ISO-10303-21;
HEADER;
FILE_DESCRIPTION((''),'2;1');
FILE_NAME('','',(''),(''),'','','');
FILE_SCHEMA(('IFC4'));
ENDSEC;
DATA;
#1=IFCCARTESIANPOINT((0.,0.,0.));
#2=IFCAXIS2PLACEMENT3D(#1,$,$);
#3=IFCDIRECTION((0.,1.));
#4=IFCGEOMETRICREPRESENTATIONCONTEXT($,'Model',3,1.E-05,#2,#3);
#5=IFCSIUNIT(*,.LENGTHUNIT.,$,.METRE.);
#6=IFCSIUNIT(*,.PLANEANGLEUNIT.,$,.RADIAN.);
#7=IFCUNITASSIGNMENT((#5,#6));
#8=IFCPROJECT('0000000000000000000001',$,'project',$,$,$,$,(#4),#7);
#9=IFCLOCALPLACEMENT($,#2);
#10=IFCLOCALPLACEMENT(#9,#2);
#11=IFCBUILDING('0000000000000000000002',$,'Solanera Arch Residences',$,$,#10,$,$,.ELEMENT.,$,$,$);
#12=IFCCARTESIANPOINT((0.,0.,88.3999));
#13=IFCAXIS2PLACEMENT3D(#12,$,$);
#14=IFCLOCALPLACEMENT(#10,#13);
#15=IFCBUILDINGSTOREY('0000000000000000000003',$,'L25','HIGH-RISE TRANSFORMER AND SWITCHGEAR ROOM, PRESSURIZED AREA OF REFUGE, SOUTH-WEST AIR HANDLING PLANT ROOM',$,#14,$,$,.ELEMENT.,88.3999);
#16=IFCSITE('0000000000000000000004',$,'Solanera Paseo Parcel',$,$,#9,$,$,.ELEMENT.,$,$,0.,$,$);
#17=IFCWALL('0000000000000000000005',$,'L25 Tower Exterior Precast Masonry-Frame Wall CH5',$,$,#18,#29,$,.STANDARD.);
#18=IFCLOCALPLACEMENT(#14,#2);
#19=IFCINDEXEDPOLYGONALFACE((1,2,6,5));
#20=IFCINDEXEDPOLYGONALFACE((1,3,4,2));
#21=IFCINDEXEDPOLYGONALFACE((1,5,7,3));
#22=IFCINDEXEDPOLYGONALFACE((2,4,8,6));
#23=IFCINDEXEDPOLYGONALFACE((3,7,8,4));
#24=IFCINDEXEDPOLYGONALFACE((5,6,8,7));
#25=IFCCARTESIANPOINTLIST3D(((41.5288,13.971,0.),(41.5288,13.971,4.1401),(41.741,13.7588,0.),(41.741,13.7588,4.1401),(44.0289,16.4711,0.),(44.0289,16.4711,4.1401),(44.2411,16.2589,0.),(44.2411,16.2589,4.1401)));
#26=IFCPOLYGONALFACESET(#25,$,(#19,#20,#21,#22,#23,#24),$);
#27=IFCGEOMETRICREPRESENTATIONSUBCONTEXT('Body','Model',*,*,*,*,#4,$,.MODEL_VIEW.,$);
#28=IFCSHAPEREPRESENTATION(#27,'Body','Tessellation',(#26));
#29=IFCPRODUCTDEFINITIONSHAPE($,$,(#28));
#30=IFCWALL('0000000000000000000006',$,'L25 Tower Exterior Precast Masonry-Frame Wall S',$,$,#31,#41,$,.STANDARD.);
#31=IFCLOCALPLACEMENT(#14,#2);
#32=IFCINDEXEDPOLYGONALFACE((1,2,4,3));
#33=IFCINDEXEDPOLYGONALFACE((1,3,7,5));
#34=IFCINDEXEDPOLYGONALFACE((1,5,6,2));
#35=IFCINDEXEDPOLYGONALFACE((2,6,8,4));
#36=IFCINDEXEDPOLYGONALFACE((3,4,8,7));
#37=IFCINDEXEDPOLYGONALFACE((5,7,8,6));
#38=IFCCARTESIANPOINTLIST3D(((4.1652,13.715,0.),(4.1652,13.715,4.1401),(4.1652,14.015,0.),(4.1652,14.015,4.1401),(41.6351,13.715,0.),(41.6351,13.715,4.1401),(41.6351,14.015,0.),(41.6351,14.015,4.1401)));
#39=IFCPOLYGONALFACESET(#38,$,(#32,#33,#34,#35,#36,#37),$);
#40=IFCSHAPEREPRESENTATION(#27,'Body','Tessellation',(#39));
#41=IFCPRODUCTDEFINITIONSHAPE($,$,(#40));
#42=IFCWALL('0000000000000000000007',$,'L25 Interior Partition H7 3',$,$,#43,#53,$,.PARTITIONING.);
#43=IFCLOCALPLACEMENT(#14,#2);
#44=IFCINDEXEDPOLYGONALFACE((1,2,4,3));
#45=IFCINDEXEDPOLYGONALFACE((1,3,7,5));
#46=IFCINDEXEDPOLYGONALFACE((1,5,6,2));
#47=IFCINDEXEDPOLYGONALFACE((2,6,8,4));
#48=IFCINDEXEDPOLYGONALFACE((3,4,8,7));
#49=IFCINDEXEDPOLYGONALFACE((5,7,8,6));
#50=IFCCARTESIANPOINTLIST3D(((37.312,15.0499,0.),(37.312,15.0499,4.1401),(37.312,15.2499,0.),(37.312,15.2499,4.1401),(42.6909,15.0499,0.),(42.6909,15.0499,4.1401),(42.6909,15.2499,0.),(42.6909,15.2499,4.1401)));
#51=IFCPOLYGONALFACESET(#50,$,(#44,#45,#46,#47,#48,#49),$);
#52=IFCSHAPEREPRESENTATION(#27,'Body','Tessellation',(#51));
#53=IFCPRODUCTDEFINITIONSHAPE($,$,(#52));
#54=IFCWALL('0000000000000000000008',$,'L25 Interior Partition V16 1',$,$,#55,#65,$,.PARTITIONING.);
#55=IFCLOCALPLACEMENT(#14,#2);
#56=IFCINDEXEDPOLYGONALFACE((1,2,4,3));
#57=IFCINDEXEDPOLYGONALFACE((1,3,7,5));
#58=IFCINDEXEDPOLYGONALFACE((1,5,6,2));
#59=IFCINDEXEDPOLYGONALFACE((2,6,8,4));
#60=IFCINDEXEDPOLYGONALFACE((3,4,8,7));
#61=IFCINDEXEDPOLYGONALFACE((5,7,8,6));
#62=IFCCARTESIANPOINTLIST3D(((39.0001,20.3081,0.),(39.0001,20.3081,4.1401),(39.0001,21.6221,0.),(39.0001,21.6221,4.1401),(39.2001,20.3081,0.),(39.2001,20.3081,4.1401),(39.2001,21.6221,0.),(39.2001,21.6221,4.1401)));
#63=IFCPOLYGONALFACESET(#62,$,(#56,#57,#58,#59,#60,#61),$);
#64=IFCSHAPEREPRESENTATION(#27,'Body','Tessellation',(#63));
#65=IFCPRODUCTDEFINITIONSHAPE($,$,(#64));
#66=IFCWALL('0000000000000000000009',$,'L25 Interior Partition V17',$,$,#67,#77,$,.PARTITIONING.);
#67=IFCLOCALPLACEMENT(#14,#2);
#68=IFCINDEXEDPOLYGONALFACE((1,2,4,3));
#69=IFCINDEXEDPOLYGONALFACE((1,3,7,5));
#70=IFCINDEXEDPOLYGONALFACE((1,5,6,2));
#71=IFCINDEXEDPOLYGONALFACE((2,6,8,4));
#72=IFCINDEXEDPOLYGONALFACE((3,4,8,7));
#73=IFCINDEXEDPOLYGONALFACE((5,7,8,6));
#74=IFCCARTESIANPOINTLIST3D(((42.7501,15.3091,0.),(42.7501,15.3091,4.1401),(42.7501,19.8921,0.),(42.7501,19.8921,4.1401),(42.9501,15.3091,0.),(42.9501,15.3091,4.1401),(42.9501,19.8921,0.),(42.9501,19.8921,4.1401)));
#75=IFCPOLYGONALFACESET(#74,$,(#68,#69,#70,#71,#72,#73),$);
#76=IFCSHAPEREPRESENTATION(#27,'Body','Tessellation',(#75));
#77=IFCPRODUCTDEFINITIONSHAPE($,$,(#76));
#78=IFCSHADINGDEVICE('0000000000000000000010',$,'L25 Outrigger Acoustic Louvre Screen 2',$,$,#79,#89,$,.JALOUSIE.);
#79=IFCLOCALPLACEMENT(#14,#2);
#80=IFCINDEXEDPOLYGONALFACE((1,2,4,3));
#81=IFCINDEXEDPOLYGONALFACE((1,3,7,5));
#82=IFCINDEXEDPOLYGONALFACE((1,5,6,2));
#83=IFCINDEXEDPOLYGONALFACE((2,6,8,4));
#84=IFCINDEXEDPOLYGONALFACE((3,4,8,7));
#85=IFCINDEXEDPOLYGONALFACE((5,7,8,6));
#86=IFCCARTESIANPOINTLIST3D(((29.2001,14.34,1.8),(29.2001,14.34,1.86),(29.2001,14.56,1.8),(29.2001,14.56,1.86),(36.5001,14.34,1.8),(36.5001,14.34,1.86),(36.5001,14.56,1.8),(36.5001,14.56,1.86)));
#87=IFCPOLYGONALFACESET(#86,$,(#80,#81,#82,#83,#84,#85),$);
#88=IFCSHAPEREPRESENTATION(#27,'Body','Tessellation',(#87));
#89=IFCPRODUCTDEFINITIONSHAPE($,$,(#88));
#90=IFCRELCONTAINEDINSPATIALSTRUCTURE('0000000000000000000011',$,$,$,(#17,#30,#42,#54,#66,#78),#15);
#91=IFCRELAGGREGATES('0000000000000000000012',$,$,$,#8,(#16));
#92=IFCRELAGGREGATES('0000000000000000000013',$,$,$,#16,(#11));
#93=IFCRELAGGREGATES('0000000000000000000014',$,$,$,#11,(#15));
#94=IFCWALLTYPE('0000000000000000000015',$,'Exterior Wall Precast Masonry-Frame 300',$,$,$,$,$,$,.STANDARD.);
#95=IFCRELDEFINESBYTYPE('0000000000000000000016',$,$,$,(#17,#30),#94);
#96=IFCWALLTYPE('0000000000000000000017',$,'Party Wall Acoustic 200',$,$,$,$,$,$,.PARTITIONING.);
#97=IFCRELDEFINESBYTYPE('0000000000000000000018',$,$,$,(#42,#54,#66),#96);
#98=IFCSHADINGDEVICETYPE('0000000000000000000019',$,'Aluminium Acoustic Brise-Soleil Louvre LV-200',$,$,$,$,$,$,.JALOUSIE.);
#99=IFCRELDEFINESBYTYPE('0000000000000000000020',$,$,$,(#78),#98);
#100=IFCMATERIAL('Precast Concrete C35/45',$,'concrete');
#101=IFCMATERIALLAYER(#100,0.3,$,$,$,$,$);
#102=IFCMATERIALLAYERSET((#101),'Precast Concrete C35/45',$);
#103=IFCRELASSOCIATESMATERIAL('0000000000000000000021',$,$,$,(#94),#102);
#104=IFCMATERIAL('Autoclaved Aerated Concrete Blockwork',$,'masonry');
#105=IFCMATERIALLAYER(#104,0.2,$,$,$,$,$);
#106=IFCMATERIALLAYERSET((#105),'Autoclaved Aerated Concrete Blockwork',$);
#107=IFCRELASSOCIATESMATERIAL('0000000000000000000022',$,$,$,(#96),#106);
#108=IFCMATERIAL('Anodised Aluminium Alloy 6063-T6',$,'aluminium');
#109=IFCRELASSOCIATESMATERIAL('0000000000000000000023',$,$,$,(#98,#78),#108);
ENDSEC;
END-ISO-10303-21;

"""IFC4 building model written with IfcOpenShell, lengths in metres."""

from ifc_helpers import new_model, si_unit, direction, frame, frame_2d, origin, origin_2d, place, context, subcontext, project, spatial, rectangle, extrude, material, layer, layer_set, type_object, element, save


model = new_model("IFC4")

# Units and contexts
model_context = context("Model", 3, precision=1e-05, world=origin(), true_north=direction((0.0, 1.0)))
body_context = subcontext(model_context, "Body", "Model", "MODEL_VIEW")
ifc_project = project(units=[si_unit("LENGTHUNIT", "METRE"), si_unit("PLANEANGLEUNIT", "RADIAN")], contexts=[model_context])

# Site, building, storey
site_placement = place(None, origin())
site = spatial("IfcSite", under=ifc_project, at=site_placement, Name="Solanera Paseo Parcel", CompositionType="ELEMENT", RefElevation=0.0)
building_placement = place(site_placement, origin())
building = spatial("IfcBuilding", under=site, at=building_placement, Name="Solanera Arch Residences", CompositionType="ELEMENT")
storey_placement = place(building_placement, frame((0.0, 0.0, 88.3999)))
storey = spatial("IfcBuildingStorey", under=building, at=storey_placement, Name="L25", Description="HIGH-RISE TRANSFORMER AND SWITCHGEAR ROOM, PRESSURIZED AREA OF REFUGE, SOUTH-WEST AIR HANDLING PLANT ROOM", CompositionType="ELEMENT", Elevation=88.3999)

# Walls
ifc_material_1 = material(Name="Precast Concrete C35/45", Category="concrete")
ifc_layer_1 = layer(ifc_material_1, 0.3)
ifc_layer_set_1 = layer_set([ifc_layer_1], Name="Precast Concrete C35/45")
wall_type_1 = type_object("IfcWallType", Name="Exterior Wall Precast Masonry-Frame 300", PredefinedType="STANDARD", material=ifc_layer_set_1)
wall_1_placement = place(storey_placement, frame((44.135, 16.365, 0.0), z_axis=(0.0, 0.0, 1.0), x_axis=(-0.707107, -0.707107, 0.0)))
element("IfcWall", 1, at=wall_1_placement, inside=storey, type_object=wall_type_1, Name="L25 Tower Exterior Precast Masonry-Frame Wall CH5", PredefinedType="STANDARD", context=body_context, shape_type="SweptSolid", body=[
    extrude(rectangle(XDim=3.5356, YDim=0.3, at=frame_2d((1.7678, 0.0))), origin(), (0.0, 0.0, 1.0), 4.1401),
])
wall_2_placement = place(storey_placement, frame((41.635, 13.865, 0.0), z_axis=(0.0, 0.0, 1.0), x_axis=(-1.0, 0.0, 0.0)))
element("IfcWall", 2, at=wall_2_placement, inside=storey, type_object=wall_type_1, Name="L25 Tower Exterior Precast Masonry-Frame Wall S", PredefinedType="STANDARD", context=body_context, shape_type="SweptSolid", body=[
    extrude(rectangle(XDim=37.47, YDim=0.3, at=frame_2d((18.7349, 0.0))), origin(), (0.0, 0.0, 1.0), 4.1401),
])
ifc_material_2 = material(Name="Autoclaved Aerated Concrete Blockwork", Category="masonry")
ifc_layer_2 = layer(ifc_material_2, 0.2)
ifc_layer_set_2 = layer_set([ifc_layer_2], Name="Autoclaved Aerated Concrete Blockwork")
wall_type_2 = type_object("IfcWallType", Name="Party Wall Acoustic 200", PredefinedType="PARTITIONING", material=ifc_layer_set_2)
wall_3_placement = place(storey_placement, frame((37.312, 15.1499, 0.0), z_axis=(0.0, 0.0, 1.0), x_axis=(1.0, 0.0, 0.0)))
element("IfcWall", 3, at=wall_3_placement, inside=storey, type_object=wall_type_2, Name="L25 Interior Partition H7 3", PredefinedType="PARTITIONING", context=body_context, shape_type="SweptSolid", body=[
    extrude(rectangle(XDim=5.3789, YDim=0.2, at=frame_2d((2.6895, 0.0))), origin(), (0.0, 0.0, 1.0), 4.1401),
])
wall_4_placement = place(storey_placement, frame((39.1001, 20.3081, 0.0), z_axis=(0.0, 0.0, 1.0), x_axis=(0.0, 1.0, 0.0)))
element("IfcWall", 4, at=wall_4_placement, inside=storey, type_object=wall_type_2, Name="L25 Interior Partition V16 1", PredefinedType="PARTITIONING", context=body_context, shape_type="SweptSolid", body=[
    extrude(rectangle(XDim=1.314, YDim=0.2, at=frame_2d((0.657, 0.0))), origin(), (0.0, 0.0, 1.0), 4.1401),
])
wall_5_placement = place(storey_placement, frame((42.8501, 15.3091, 0.0), z_axis=(0.0, 0.0, 1.0), x_axis=(0.0, 1.0, 0.0)))
element("IfcWall", 5, at=wall_5_placement, inside=storey, type_object=wall_type_2, Name="L25 Interior Partition V17", PredefinedType="PARTITIONING", context=body_context, shape_type="SweptSolid", body=[
    extrude(rectangle(XDim=4.583, YDim=0.2, at=frame_2d((2.2915, 0.0))), origin(), (0.0, 0.0, 1.0), 4.1401),
])

# Shading device
ifc_material_3 = material(Name="Anodised Aluminium Alloy 6063-T6", Category="aluminium")
shading_device_type = type_object("IfcShadingDeviceType", Name="Aluminium Acoustic Brise-Soleil Louvre LV-200", PredefinedType="JALOUSIE", material=ifc_material_3)
shading_device_placement = place(storey_placement, frame((32.8501, 14.45, 1.8)))
element("IfcShadingDevice", 6, at=shading_device_placement, inside=storey, type_object=shading_device_type, material=ifc_material_3, Name="L25 Outrigger Acoustic Louvre Screen 2", PredefinedType="JALOUSIE", context=body_context, shape_type="SweptSolid", body=[
    extrude(rectangle(XDim=7.3, YDim=0.22, at=origin_2d()), origin(), (0.0, 0.0, 1.0), 0.06),
])

save(model, "model.ifc")
